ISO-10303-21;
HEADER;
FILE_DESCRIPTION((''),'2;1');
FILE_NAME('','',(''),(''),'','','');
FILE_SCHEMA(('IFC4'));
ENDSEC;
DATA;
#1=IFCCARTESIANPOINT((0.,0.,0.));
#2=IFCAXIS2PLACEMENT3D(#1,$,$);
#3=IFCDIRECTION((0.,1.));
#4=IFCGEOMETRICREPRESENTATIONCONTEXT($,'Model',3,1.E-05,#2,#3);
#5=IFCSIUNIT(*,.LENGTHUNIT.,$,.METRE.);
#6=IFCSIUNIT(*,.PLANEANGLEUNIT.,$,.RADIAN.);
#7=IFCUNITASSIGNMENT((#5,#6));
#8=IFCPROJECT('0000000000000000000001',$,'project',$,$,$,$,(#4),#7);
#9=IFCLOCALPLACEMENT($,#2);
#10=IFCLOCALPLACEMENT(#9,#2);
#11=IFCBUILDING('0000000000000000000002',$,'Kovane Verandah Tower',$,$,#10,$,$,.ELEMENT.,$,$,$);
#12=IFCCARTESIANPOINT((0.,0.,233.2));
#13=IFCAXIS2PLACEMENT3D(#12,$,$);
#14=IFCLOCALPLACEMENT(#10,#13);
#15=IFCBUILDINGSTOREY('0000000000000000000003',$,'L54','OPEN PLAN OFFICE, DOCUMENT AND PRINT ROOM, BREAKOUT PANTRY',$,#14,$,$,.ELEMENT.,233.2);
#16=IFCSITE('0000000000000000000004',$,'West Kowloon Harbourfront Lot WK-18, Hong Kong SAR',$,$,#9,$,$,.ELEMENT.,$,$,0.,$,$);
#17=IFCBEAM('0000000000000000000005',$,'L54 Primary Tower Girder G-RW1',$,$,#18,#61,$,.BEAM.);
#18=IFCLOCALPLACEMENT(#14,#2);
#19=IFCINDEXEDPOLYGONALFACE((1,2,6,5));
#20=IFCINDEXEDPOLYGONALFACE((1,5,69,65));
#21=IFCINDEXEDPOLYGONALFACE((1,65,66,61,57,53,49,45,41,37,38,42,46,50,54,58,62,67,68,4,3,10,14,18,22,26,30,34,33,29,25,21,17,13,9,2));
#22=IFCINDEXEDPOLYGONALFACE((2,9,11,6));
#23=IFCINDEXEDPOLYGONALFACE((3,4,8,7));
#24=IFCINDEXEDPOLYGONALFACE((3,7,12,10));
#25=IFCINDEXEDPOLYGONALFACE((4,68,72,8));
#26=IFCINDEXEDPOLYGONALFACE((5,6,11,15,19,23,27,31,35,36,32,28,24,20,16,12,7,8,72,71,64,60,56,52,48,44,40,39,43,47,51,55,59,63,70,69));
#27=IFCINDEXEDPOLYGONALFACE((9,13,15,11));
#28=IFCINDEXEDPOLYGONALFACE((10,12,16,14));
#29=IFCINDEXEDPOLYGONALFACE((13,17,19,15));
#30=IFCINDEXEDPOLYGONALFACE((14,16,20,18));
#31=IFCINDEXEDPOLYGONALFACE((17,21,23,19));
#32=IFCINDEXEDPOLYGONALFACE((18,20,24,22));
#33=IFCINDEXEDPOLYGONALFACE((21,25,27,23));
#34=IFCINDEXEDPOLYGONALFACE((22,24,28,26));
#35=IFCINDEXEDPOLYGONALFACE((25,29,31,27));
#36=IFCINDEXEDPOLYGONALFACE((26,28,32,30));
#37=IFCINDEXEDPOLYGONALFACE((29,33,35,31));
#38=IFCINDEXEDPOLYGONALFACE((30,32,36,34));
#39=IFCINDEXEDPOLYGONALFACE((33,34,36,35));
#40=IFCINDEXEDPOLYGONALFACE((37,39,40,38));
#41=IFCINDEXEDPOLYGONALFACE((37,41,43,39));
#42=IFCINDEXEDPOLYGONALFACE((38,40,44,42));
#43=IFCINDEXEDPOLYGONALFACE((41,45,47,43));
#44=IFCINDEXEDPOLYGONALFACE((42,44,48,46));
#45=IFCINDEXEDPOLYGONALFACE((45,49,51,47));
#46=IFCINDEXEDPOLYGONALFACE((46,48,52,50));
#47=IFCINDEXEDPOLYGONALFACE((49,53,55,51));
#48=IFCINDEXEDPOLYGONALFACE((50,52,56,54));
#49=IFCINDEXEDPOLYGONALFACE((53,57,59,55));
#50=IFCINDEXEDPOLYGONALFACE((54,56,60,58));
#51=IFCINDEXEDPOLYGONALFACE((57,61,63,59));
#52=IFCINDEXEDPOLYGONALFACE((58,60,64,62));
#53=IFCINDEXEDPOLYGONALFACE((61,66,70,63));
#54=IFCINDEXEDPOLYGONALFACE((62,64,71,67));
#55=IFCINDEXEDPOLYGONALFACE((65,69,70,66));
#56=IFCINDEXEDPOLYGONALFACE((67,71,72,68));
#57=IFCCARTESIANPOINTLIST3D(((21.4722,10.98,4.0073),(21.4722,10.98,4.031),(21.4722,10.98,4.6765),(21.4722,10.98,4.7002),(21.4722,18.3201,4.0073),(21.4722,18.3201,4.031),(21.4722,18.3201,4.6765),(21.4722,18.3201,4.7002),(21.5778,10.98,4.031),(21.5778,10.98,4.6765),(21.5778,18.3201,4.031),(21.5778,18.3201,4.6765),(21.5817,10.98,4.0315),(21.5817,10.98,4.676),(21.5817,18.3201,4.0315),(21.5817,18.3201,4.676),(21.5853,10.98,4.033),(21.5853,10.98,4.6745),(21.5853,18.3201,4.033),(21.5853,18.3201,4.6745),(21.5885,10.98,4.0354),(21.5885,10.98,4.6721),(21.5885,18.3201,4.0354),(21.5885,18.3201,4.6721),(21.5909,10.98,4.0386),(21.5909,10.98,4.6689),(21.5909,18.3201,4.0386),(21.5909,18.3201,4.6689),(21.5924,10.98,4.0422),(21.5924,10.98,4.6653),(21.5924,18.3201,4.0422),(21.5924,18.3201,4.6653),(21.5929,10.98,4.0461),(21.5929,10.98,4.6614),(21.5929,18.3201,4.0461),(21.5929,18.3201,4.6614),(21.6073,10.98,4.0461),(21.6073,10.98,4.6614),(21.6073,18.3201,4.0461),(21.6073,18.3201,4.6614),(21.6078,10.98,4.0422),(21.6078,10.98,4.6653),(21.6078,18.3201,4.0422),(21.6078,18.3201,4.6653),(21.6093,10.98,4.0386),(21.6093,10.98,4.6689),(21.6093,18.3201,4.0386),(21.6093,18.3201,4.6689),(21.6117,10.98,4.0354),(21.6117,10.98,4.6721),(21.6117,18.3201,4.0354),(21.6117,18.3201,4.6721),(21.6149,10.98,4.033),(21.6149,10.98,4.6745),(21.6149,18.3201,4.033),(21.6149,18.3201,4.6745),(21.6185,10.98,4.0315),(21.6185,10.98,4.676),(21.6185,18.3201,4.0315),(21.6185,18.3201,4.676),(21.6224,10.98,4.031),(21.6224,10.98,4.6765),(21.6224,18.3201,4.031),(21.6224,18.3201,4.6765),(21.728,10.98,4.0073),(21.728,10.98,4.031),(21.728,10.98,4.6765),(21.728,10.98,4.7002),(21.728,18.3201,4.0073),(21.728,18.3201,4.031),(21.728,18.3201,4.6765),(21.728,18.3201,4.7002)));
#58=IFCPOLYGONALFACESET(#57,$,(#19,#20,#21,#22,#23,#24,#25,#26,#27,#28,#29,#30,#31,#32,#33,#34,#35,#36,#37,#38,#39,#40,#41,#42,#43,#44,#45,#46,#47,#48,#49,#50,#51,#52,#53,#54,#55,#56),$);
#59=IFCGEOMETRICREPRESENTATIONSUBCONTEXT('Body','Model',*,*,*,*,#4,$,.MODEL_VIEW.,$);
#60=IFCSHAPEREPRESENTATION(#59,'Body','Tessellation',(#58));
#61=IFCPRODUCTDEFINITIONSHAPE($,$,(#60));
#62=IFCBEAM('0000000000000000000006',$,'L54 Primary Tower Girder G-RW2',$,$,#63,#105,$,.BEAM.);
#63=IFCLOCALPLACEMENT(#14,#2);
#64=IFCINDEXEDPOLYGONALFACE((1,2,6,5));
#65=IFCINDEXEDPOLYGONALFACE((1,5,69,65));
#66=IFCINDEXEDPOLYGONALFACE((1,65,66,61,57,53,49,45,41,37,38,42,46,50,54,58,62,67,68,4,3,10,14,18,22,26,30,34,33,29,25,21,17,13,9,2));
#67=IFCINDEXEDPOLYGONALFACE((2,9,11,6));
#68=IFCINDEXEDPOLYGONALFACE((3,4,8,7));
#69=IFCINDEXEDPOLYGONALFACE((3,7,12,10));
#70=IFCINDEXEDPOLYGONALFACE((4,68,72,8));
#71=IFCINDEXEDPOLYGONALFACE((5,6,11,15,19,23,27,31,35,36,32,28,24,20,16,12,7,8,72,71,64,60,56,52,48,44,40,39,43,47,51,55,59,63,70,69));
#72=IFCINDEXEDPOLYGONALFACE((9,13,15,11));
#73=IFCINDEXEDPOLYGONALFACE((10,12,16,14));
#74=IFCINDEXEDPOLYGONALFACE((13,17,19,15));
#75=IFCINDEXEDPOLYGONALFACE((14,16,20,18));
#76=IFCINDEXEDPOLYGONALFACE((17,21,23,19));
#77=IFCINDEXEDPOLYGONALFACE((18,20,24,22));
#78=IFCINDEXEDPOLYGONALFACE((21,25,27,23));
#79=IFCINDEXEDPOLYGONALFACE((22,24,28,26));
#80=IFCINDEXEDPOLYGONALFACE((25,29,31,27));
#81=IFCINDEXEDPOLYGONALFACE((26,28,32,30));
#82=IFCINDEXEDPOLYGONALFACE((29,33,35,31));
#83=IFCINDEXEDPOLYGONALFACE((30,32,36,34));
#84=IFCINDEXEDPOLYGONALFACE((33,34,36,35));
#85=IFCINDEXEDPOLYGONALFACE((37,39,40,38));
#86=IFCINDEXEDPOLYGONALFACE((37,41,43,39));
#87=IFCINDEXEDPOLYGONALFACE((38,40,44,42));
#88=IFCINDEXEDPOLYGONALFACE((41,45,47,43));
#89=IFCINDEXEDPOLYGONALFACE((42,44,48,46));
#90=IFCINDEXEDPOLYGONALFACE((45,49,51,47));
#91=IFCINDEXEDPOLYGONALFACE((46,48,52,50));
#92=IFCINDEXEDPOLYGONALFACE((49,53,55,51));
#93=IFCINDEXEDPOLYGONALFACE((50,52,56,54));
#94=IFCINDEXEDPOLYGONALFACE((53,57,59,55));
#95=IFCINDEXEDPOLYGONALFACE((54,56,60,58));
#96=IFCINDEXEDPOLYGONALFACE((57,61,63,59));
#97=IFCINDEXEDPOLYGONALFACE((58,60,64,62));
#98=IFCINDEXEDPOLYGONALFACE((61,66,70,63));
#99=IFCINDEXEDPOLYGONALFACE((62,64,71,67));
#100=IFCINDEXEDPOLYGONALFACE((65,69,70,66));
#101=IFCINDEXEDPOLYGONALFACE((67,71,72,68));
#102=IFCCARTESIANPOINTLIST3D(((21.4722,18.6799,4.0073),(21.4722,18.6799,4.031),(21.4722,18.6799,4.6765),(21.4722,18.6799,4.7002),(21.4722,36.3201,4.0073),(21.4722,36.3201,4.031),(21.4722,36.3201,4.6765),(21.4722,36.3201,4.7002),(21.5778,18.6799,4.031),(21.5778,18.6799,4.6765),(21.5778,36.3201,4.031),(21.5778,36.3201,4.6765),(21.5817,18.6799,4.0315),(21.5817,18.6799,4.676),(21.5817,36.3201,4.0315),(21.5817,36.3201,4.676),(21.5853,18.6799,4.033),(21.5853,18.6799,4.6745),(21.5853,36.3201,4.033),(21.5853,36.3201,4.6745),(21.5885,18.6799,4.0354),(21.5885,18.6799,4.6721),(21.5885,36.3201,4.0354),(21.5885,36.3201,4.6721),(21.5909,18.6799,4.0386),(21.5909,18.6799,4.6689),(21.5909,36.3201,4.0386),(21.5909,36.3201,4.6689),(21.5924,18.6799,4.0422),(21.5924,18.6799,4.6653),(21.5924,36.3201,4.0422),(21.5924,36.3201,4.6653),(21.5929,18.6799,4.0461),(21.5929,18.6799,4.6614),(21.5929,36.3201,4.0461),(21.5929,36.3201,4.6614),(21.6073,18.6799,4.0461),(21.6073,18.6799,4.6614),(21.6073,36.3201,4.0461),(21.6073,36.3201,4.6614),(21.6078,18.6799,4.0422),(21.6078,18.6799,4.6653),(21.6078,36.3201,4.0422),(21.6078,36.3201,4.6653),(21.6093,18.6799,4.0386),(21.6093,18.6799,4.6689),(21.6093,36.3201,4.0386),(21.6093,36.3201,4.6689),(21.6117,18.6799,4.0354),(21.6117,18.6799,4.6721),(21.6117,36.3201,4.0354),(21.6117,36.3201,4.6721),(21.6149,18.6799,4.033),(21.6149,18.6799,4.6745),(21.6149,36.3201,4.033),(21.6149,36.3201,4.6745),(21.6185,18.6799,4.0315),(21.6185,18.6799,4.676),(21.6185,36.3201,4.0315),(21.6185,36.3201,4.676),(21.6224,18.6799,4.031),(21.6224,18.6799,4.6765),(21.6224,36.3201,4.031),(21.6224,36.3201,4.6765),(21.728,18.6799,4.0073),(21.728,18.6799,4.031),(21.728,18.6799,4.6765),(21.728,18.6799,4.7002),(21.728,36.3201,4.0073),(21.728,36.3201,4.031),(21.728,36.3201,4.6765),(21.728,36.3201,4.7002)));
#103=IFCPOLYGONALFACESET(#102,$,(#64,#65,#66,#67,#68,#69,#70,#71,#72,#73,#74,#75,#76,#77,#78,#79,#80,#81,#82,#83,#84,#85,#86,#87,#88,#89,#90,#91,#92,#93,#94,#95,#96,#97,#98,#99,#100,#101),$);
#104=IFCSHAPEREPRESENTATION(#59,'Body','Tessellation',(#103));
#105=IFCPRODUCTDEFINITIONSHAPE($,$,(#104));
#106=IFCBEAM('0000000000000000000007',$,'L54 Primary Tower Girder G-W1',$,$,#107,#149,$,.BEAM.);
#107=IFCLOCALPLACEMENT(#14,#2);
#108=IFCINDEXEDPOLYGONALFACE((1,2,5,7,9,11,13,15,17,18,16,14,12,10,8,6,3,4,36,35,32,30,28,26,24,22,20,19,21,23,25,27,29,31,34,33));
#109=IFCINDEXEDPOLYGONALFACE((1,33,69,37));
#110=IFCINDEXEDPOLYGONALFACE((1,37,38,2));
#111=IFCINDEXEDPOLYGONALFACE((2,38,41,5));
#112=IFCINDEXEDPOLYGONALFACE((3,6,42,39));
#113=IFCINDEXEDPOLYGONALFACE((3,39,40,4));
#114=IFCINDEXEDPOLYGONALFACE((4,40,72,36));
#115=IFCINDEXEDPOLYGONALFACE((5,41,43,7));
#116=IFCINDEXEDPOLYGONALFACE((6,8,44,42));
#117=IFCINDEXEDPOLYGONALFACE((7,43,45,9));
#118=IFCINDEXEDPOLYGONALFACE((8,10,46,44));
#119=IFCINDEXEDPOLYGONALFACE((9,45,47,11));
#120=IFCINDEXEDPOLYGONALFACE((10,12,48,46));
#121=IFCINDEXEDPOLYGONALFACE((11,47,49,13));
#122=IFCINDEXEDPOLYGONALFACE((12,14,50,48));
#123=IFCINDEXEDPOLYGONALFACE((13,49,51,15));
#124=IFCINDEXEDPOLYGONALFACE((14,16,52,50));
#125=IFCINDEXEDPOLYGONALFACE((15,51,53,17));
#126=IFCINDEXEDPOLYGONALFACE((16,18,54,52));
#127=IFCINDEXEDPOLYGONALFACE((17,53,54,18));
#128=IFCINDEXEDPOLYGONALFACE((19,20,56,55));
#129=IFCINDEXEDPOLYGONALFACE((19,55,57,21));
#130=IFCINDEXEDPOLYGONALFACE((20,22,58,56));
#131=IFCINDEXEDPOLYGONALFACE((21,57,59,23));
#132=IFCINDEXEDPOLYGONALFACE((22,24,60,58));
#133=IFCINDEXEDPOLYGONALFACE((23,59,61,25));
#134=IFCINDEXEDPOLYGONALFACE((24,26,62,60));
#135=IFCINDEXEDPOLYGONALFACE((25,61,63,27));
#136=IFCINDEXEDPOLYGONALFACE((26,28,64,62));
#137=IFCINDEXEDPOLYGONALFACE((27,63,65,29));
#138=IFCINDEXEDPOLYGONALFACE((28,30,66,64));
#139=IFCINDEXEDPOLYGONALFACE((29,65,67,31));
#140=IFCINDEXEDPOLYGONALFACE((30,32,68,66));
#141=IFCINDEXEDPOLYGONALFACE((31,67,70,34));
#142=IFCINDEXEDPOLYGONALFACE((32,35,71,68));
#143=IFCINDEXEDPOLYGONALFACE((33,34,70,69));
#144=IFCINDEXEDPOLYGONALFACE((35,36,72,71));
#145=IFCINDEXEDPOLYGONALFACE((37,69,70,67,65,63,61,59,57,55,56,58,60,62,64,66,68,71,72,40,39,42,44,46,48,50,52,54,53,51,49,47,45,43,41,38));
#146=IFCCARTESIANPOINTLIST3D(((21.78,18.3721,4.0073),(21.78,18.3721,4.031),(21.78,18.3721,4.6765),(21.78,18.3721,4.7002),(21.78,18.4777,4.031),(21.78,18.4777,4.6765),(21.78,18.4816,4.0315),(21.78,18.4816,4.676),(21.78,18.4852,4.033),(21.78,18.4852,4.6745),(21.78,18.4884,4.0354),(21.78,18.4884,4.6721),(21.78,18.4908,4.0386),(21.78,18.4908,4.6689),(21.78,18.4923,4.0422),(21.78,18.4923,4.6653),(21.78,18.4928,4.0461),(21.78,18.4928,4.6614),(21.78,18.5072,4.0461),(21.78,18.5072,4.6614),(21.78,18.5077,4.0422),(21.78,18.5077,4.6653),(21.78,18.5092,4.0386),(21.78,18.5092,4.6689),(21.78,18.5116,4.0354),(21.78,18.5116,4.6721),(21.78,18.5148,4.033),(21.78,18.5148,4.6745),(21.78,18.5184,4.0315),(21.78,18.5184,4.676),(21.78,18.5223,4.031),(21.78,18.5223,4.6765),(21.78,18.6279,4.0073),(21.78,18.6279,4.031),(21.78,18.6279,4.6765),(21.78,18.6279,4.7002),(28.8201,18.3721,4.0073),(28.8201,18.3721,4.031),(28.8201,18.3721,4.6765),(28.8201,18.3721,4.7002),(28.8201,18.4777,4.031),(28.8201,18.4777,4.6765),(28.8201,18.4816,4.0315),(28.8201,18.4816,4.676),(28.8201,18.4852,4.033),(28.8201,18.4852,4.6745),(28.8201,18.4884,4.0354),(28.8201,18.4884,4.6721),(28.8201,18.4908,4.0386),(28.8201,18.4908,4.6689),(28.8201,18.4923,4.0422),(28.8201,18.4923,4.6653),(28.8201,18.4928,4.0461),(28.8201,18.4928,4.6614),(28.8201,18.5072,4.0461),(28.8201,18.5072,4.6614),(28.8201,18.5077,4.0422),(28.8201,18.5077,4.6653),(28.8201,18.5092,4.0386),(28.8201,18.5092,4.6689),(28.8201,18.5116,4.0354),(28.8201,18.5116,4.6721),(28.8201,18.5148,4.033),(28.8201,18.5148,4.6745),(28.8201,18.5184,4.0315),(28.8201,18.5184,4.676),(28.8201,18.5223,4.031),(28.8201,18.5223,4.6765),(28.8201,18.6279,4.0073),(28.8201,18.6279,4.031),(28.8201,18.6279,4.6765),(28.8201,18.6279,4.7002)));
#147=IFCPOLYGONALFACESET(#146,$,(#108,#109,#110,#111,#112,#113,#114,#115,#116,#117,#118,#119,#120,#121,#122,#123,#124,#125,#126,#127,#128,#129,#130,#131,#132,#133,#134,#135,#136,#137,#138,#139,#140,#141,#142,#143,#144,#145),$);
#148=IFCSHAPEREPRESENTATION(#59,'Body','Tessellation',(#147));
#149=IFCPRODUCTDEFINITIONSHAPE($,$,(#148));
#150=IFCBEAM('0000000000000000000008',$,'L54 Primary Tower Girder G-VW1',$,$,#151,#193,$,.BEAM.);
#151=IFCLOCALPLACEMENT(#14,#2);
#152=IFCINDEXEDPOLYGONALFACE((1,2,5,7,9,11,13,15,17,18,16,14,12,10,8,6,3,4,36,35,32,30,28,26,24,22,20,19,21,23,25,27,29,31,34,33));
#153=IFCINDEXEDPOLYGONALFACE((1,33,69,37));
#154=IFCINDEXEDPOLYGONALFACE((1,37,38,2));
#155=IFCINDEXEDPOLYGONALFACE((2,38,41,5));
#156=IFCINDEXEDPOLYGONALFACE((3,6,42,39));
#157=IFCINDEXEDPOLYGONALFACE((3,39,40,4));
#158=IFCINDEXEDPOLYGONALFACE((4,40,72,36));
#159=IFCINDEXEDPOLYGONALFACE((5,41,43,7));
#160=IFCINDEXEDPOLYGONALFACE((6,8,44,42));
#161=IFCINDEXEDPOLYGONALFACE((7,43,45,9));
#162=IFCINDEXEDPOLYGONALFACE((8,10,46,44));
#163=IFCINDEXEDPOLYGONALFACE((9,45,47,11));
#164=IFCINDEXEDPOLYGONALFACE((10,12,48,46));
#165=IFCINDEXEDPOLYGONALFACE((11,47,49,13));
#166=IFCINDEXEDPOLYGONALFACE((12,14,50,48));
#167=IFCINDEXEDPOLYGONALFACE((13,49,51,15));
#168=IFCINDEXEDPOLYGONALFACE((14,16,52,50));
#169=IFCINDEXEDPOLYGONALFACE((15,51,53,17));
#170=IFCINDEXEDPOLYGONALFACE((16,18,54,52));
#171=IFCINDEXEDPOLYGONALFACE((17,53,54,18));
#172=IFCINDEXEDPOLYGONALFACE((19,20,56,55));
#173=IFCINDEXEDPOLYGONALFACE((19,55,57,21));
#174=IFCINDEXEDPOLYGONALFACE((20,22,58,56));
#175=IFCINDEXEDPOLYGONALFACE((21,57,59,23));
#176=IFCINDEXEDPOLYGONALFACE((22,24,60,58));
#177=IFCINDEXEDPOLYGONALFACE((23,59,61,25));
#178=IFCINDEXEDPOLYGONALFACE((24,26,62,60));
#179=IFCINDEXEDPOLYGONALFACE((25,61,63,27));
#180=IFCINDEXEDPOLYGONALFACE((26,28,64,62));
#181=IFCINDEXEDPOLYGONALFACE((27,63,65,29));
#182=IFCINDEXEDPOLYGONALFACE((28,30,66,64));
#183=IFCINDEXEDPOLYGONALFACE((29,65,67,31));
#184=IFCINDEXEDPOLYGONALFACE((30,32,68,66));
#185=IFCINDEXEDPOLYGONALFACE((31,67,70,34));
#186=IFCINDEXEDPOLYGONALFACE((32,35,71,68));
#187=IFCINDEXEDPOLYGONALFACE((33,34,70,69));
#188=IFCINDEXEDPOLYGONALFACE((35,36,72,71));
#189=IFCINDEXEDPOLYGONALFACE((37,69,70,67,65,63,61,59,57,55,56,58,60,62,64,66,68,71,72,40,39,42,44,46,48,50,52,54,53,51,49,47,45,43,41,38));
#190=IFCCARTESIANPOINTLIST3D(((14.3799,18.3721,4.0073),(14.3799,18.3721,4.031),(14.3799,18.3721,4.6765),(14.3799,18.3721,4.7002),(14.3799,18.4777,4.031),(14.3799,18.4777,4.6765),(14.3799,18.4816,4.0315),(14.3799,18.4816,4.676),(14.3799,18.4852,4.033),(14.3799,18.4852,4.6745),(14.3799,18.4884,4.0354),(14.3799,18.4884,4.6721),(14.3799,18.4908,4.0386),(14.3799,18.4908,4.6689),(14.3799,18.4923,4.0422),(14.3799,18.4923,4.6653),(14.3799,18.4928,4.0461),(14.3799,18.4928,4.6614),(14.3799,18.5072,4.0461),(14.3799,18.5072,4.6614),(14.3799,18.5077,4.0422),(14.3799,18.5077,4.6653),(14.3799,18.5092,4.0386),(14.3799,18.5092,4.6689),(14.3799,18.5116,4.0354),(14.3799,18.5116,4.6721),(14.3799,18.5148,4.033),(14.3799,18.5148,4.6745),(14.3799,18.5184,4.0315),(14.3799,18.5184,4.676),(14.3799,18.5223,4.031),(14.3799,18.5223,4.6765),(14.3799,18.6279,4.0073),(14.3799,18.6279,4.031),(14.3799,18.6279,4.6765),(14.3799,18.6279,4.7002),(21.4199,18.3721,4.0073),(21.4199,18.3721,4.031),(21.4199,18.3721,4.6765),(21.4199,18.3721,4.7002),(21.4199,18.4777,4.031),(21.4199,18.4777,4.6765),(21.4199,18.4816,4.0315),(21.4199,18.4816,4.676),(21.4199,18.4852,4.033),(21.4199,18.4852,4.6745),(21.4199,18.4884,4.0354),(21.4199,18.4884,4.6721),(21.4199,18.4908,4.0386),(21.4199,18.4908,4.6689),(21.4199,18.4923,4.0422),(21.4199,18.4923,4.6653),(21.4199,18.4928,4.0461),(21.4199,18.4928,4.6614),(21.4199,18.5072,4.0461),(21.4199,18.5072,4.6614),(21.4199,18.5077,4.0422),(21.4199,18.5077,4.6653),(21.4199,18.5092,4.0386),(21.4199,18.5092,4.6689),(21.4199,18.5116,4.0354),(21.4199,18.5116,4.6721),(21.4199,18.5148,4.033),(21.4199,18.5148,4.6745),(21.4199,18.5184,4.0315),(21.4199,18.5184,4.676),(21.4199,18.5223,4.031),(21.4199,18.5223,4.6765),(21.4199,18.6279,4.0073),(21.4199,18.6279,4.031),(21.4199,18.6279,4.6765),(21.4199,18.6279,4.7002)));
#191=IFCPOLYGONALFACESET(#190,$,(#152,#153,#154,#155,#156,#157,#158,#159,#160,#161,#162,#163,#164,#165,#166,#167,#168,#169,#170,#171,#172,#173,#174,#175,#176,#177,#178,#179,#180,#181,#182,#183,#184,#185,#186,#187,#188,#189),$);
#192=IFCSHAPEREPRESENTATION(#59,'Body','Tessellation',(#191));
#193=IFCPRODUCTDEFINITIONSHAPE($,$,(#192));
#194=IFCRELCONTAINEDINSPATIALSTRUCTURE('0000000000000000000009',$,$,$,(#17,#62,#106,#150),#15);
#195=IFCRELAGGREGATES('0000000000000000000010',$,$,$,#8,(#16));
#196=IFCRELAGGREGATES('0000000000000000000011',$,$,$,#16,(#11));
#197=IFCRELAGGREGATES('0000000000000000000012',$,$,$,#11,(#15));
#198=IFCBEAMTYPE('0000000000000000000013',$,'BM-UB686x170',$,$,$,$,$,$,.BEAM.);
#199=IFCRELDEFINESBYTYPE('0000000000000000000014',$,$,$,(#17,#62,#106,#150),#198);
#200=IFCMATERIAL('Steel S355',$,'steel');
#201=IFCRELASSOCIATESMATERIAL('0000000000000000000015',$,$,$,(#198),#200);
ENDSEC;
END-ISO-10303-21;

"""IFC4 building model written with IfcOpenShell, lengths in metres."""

from ifc_helpers import new_model, si_unit, direction, frame, origin, origin_2d, place, context, subcontext, project, spatial, i_section, extrude, material, material_profile, profile_set, type_object, element, save


model = new_model("IFC4")

# Units and contexts
model_context = context("Model", 3, precision=1e-05, world=origin(), true_north=direction((0.0, 1.0)))
body_context = subcontext(model_context, "Body", "Model", "MODEL_VIEW")
ifc_project = project(units=[si_unit("LENGTHUNIT", "METRE"), si_unit("PLANEANGLEUNIT", "RADIAN")], contexts=[model_context])

# Site, building, storey
site_placement = place(None, origin())
site = spatial("IfcSite", under=ifc_project, at=site_placement, Name="West Kowloon Harbourfront Lot WK-18, Hong Kong SAR", CompositionType="ELEMENT", RefElevation=0.0)
building_placement = place(site_placement, origin())
building = spatial("IfcBuilding", under=site, at=building_placement, Name="Kovane Verandah Tower", CompositionType="ELEMENT")
storey_placement = place(building_placement, frame((0.0, 0.0, 233.2)))
storey = spatial("IfcBuildingStorey", under=building, at=storey_placement, Name="L54", Description="OPEN PLAN OFFICE, DOCUMENT AND PRINT ROOM, BREAKOUT PANTRY", CompositionType="ELEMENT", Elevation=233.2)

# Beams
ifc_material_1 = material(Name="Steel S355", Category="steel")
ifc_material_profile_1 = material_profile(ifc_material_1, i_section(OverallWidth=0.2559, OverallDepth=0.6929, WebThickness=0.0144, FlangeThickness=0.0237, FilletRadius=0.0151, at=origin_2d()), Name="UB686x254x170")
ifc_profile_set_1 = profile_set([ifc_material_profile_1], Name="Steel S355")
beam_type_1 = type_object("IfcBeamType", Name="BM-UB686x170", PredefinedType="BEAM", material=ifc_profile_set_1)
beam_1_placement = place(storey_placement, frame((21.6001, 10.98, 4.3538), z_axis=(0.0, 1.0, 0.0), x_axis=(-1.0, 0.0, 0.0)))
element("IfcBeam", 1, at=beam_1_placement, inside=storey, type_object=beam_type_1, Name="L54 Primary Tower Girder G-RW1", PredefinedType="BEAM", context=body_context, shape_type="SweptSolid", body=[
    extrude(i_section(OverallWidth=0.2559, OverallDepth=0.6929, WebThickness=0.0144, FlangeThickness=0.0237, FilletRadius=0.0151, at=origin_2d()), origin(), (0.0, 0.0, 1.0), 7.3401),
])
beam_2_placement = place(storey_placement, frame((21.6001, 18.6799, 4.3538), z_axis=(0.0, 1.0, 0.0), x_axis=(-1.0, 0.0, 0.0)))
element("IfcBeam", 2, at=beam_2_placement, inside=storey, type_object=beam_type_1, Name="L54 Primary Tower Girder G-RW2", PredefinedType="BEAM", context=body_context, shape_type="SweptSolid", body=[
    extrude(i_section(OverallWidth=0.2559, OverallDepth=0.6929, WebThickness=0.0144, FlangeThickness=0.0237, FilletRadius=0.0151, at=origin_2d()), origin(), (0.0, 0.0, 1.0), 17.6401),
])
for number, where, z_axis, x_axis, name in (
    (3, (28.8201, 18.5, 4.3538), (-1.0, 0.0, 0.0), (0.0, -1.0, 0.0), "L54 Primary Tower Girder G-W1"),
    (4, (21.4199, 18.5, 4.3538), (-1.0, 0.0, 0.0), (0.0, -1.0, 0.0), "L54 Primary Tower Girder G-VW1"),
):
    element("IfcBeam", number, at=place(storey_placement, frame(where, z_axis=z_axis, x_axis=x_axis)), inside=storey, type_object=beam_type_1, Name=name, PredefinedType="BEAM", context=body_context, shape_type="SweptSolid", body=[
        extrude(i_section(OverallWidth=0.2559, OverallDepth=0.6929, WebThickness=0.0144, FlangeThickness=0.0237, FilletRadius=0.0151, at=origin_2d()), origin(), (0.0, 0.0, 1.0), 7.04),
    ])

save(model, "model.ifc")
